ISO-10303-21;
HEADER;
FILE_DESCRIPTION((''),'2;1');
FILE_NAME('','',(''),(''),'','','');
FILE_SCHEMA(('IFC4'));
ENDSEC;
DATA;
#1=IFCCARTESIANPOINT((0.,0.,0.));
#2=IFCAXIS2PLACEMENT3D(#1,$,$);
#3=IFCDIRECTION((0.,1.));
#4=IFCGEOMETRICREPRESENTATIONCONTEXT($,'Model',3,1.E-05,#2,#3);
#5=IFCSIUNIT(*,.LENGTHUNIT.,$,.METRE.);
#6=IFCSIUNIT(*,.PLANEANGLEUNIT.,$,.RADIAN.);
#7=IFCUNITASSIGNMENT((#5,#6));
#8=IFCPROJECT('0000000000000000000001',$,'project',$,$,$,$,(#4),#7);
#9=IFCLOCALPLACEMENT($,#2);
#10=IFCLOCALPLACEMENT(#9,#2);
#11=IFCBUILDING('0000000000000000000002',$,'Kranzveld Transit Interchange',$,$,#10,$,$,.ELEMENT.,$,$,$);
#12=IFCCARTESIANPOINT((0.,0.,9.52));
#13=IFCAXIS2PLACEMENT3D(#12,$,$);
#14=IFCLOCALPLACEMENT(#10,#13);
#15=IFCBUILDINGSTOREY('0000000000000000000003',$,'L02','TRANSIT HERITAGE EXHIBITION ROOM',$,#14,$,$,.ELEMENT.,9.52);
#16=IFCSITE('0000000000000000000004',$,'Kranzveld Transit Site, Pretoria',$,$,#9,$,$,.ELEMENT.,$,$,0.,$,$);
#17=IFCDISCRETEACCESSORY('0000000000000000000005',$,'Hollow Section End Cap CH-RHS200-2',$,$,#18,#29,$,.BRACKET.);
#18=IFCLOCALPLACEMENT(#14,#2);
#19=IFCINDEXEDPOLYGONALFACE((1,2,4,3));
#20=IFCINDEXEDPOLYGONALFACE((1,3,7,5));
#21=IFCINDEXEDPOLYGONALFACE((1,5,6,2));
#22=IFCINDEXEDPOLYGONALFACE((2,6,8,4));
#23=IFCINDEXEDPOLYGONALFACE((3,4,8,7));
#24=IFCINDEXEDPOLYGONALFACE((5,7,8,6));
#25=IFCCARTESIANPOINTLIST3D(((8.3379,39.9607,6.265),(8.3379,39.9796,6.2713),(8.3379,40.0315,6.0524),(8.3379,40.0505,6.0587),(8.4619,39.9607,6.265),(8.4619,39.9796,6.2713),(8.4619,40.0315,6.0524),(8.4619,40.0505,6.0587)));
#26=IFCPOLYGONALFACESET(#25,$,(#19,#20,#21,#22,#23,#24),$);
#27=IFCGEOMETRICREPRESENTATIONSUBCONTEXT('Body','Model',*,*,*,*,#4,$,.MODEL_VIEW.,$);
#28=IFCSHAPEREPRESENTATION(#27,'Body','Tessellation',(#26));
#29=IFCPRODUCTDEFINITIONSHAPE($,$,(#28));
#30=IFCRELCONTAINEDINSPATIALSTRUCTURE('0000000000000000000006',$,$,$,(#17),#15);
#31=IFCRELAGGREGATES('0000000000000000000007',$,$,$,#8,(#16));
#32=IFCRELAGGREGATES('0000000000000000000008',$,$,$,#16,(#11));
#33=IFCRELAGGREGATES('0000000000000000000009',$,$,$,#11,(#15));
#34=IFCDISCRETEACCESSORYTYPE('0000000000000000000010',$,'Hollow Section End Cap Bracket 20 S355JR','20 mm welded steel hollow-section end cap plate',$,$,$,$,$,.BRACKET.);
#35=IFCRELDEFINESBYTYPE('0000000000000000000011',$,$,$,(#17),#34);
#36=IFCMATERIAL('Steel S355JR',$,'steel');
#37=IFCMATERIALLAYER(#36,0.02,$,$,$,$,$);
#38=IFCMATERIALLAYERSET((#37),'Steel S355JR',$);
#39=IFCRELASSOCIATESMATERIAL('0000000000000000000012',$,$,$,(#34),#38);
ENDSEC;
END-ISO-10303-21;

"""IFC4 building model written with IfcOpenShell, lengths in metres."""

from ifc_helpers import new_model, si_unit, direction, frame, origin, origin_2d, place, context, subcontext, project, spatial, rectangle, extrude, material, layer, layer_set, type_object, element, save


model = new_model("IFC4")

# Units and contexts
model_context = context("Model", 3, precision=1e-05, world=origin(), true_north=direction((0.0, 1.0)))
body_context = subcontext(model_context, "Body", "Model", "MODEL_VIEW")
ifc_project = project(units=[si_unit("LENGTHUNIT", "METRE"), si_unit("PLANEANGLEUNIT", "RADIAN")], contexts=[model_context])

# Site, building, storey
site_placement = place(None, origin())
site = spatial("IfcSite", under=ifc_project, at=site_placement, Name="Kranzveld Transit Site, Pretoria", CompositionType="ELEMENT", RefElevation=0.0)
building_placement = place(site_placement, origin())
building = spatial("IfcBuilding", under=site, at=building_placement, Name="Kranzveld Transit Interchange", CompositionType="ELEMENT")
storey_placement = place(building_placement, frame((0.0, 0.0, 9.52)))
storey = spatial("IfcBuildingStorey", under=building, at=storey_placement, Name="L02", Description="TRANSIT HERITAGE EXHIBITION ROOM", CompositionType="ELEMENT", Elevation=9.52)

# Discrete accessory
ifc_material_1 = material(Name="Steel S355JR", Category="steel")
ifc_layer_1 = layer(ifc_material_1, 0.02)
ifc_layer_set_1 = layer_set([ifc_layer_1], Name="Steel S355JR")
discrete_accessory_type = type_object("IfcDiscreteAccessoryType", Name="Hollow Section End Cap Bracket 20 S355JR", Description="20 mm welded steel hollow-section end cap plate", PredefinedType="BRACKET", material=ifc_layer_set_1)
for number, where, z_axis, x_axis, name in (
    (1, (8.3999, 39.9961, 6.1587), (0.0, 0.948683, 0.316228), (-1.0, 0.0, 0.0), "Hollow Section End Cap CH-RHS200-2"),
):
    element("IfcDiscreteAccessory", number, at=place(storey_placement, frame(where, z_axis=z_axis, x_axis=x_axis)), inside=storey, type_object=discrete_accessory_type, Name=name, PredefinedType="BRACKET", context=body_context, shape_type="SweptSolid", body=[
        extrude(rectangle(XDim=0.124, YDim=0.2241, at=origin_2d()), origin(), (0.0, 0.0, 1.0), 0.02),
    ])

save(model, "model.ifc")
